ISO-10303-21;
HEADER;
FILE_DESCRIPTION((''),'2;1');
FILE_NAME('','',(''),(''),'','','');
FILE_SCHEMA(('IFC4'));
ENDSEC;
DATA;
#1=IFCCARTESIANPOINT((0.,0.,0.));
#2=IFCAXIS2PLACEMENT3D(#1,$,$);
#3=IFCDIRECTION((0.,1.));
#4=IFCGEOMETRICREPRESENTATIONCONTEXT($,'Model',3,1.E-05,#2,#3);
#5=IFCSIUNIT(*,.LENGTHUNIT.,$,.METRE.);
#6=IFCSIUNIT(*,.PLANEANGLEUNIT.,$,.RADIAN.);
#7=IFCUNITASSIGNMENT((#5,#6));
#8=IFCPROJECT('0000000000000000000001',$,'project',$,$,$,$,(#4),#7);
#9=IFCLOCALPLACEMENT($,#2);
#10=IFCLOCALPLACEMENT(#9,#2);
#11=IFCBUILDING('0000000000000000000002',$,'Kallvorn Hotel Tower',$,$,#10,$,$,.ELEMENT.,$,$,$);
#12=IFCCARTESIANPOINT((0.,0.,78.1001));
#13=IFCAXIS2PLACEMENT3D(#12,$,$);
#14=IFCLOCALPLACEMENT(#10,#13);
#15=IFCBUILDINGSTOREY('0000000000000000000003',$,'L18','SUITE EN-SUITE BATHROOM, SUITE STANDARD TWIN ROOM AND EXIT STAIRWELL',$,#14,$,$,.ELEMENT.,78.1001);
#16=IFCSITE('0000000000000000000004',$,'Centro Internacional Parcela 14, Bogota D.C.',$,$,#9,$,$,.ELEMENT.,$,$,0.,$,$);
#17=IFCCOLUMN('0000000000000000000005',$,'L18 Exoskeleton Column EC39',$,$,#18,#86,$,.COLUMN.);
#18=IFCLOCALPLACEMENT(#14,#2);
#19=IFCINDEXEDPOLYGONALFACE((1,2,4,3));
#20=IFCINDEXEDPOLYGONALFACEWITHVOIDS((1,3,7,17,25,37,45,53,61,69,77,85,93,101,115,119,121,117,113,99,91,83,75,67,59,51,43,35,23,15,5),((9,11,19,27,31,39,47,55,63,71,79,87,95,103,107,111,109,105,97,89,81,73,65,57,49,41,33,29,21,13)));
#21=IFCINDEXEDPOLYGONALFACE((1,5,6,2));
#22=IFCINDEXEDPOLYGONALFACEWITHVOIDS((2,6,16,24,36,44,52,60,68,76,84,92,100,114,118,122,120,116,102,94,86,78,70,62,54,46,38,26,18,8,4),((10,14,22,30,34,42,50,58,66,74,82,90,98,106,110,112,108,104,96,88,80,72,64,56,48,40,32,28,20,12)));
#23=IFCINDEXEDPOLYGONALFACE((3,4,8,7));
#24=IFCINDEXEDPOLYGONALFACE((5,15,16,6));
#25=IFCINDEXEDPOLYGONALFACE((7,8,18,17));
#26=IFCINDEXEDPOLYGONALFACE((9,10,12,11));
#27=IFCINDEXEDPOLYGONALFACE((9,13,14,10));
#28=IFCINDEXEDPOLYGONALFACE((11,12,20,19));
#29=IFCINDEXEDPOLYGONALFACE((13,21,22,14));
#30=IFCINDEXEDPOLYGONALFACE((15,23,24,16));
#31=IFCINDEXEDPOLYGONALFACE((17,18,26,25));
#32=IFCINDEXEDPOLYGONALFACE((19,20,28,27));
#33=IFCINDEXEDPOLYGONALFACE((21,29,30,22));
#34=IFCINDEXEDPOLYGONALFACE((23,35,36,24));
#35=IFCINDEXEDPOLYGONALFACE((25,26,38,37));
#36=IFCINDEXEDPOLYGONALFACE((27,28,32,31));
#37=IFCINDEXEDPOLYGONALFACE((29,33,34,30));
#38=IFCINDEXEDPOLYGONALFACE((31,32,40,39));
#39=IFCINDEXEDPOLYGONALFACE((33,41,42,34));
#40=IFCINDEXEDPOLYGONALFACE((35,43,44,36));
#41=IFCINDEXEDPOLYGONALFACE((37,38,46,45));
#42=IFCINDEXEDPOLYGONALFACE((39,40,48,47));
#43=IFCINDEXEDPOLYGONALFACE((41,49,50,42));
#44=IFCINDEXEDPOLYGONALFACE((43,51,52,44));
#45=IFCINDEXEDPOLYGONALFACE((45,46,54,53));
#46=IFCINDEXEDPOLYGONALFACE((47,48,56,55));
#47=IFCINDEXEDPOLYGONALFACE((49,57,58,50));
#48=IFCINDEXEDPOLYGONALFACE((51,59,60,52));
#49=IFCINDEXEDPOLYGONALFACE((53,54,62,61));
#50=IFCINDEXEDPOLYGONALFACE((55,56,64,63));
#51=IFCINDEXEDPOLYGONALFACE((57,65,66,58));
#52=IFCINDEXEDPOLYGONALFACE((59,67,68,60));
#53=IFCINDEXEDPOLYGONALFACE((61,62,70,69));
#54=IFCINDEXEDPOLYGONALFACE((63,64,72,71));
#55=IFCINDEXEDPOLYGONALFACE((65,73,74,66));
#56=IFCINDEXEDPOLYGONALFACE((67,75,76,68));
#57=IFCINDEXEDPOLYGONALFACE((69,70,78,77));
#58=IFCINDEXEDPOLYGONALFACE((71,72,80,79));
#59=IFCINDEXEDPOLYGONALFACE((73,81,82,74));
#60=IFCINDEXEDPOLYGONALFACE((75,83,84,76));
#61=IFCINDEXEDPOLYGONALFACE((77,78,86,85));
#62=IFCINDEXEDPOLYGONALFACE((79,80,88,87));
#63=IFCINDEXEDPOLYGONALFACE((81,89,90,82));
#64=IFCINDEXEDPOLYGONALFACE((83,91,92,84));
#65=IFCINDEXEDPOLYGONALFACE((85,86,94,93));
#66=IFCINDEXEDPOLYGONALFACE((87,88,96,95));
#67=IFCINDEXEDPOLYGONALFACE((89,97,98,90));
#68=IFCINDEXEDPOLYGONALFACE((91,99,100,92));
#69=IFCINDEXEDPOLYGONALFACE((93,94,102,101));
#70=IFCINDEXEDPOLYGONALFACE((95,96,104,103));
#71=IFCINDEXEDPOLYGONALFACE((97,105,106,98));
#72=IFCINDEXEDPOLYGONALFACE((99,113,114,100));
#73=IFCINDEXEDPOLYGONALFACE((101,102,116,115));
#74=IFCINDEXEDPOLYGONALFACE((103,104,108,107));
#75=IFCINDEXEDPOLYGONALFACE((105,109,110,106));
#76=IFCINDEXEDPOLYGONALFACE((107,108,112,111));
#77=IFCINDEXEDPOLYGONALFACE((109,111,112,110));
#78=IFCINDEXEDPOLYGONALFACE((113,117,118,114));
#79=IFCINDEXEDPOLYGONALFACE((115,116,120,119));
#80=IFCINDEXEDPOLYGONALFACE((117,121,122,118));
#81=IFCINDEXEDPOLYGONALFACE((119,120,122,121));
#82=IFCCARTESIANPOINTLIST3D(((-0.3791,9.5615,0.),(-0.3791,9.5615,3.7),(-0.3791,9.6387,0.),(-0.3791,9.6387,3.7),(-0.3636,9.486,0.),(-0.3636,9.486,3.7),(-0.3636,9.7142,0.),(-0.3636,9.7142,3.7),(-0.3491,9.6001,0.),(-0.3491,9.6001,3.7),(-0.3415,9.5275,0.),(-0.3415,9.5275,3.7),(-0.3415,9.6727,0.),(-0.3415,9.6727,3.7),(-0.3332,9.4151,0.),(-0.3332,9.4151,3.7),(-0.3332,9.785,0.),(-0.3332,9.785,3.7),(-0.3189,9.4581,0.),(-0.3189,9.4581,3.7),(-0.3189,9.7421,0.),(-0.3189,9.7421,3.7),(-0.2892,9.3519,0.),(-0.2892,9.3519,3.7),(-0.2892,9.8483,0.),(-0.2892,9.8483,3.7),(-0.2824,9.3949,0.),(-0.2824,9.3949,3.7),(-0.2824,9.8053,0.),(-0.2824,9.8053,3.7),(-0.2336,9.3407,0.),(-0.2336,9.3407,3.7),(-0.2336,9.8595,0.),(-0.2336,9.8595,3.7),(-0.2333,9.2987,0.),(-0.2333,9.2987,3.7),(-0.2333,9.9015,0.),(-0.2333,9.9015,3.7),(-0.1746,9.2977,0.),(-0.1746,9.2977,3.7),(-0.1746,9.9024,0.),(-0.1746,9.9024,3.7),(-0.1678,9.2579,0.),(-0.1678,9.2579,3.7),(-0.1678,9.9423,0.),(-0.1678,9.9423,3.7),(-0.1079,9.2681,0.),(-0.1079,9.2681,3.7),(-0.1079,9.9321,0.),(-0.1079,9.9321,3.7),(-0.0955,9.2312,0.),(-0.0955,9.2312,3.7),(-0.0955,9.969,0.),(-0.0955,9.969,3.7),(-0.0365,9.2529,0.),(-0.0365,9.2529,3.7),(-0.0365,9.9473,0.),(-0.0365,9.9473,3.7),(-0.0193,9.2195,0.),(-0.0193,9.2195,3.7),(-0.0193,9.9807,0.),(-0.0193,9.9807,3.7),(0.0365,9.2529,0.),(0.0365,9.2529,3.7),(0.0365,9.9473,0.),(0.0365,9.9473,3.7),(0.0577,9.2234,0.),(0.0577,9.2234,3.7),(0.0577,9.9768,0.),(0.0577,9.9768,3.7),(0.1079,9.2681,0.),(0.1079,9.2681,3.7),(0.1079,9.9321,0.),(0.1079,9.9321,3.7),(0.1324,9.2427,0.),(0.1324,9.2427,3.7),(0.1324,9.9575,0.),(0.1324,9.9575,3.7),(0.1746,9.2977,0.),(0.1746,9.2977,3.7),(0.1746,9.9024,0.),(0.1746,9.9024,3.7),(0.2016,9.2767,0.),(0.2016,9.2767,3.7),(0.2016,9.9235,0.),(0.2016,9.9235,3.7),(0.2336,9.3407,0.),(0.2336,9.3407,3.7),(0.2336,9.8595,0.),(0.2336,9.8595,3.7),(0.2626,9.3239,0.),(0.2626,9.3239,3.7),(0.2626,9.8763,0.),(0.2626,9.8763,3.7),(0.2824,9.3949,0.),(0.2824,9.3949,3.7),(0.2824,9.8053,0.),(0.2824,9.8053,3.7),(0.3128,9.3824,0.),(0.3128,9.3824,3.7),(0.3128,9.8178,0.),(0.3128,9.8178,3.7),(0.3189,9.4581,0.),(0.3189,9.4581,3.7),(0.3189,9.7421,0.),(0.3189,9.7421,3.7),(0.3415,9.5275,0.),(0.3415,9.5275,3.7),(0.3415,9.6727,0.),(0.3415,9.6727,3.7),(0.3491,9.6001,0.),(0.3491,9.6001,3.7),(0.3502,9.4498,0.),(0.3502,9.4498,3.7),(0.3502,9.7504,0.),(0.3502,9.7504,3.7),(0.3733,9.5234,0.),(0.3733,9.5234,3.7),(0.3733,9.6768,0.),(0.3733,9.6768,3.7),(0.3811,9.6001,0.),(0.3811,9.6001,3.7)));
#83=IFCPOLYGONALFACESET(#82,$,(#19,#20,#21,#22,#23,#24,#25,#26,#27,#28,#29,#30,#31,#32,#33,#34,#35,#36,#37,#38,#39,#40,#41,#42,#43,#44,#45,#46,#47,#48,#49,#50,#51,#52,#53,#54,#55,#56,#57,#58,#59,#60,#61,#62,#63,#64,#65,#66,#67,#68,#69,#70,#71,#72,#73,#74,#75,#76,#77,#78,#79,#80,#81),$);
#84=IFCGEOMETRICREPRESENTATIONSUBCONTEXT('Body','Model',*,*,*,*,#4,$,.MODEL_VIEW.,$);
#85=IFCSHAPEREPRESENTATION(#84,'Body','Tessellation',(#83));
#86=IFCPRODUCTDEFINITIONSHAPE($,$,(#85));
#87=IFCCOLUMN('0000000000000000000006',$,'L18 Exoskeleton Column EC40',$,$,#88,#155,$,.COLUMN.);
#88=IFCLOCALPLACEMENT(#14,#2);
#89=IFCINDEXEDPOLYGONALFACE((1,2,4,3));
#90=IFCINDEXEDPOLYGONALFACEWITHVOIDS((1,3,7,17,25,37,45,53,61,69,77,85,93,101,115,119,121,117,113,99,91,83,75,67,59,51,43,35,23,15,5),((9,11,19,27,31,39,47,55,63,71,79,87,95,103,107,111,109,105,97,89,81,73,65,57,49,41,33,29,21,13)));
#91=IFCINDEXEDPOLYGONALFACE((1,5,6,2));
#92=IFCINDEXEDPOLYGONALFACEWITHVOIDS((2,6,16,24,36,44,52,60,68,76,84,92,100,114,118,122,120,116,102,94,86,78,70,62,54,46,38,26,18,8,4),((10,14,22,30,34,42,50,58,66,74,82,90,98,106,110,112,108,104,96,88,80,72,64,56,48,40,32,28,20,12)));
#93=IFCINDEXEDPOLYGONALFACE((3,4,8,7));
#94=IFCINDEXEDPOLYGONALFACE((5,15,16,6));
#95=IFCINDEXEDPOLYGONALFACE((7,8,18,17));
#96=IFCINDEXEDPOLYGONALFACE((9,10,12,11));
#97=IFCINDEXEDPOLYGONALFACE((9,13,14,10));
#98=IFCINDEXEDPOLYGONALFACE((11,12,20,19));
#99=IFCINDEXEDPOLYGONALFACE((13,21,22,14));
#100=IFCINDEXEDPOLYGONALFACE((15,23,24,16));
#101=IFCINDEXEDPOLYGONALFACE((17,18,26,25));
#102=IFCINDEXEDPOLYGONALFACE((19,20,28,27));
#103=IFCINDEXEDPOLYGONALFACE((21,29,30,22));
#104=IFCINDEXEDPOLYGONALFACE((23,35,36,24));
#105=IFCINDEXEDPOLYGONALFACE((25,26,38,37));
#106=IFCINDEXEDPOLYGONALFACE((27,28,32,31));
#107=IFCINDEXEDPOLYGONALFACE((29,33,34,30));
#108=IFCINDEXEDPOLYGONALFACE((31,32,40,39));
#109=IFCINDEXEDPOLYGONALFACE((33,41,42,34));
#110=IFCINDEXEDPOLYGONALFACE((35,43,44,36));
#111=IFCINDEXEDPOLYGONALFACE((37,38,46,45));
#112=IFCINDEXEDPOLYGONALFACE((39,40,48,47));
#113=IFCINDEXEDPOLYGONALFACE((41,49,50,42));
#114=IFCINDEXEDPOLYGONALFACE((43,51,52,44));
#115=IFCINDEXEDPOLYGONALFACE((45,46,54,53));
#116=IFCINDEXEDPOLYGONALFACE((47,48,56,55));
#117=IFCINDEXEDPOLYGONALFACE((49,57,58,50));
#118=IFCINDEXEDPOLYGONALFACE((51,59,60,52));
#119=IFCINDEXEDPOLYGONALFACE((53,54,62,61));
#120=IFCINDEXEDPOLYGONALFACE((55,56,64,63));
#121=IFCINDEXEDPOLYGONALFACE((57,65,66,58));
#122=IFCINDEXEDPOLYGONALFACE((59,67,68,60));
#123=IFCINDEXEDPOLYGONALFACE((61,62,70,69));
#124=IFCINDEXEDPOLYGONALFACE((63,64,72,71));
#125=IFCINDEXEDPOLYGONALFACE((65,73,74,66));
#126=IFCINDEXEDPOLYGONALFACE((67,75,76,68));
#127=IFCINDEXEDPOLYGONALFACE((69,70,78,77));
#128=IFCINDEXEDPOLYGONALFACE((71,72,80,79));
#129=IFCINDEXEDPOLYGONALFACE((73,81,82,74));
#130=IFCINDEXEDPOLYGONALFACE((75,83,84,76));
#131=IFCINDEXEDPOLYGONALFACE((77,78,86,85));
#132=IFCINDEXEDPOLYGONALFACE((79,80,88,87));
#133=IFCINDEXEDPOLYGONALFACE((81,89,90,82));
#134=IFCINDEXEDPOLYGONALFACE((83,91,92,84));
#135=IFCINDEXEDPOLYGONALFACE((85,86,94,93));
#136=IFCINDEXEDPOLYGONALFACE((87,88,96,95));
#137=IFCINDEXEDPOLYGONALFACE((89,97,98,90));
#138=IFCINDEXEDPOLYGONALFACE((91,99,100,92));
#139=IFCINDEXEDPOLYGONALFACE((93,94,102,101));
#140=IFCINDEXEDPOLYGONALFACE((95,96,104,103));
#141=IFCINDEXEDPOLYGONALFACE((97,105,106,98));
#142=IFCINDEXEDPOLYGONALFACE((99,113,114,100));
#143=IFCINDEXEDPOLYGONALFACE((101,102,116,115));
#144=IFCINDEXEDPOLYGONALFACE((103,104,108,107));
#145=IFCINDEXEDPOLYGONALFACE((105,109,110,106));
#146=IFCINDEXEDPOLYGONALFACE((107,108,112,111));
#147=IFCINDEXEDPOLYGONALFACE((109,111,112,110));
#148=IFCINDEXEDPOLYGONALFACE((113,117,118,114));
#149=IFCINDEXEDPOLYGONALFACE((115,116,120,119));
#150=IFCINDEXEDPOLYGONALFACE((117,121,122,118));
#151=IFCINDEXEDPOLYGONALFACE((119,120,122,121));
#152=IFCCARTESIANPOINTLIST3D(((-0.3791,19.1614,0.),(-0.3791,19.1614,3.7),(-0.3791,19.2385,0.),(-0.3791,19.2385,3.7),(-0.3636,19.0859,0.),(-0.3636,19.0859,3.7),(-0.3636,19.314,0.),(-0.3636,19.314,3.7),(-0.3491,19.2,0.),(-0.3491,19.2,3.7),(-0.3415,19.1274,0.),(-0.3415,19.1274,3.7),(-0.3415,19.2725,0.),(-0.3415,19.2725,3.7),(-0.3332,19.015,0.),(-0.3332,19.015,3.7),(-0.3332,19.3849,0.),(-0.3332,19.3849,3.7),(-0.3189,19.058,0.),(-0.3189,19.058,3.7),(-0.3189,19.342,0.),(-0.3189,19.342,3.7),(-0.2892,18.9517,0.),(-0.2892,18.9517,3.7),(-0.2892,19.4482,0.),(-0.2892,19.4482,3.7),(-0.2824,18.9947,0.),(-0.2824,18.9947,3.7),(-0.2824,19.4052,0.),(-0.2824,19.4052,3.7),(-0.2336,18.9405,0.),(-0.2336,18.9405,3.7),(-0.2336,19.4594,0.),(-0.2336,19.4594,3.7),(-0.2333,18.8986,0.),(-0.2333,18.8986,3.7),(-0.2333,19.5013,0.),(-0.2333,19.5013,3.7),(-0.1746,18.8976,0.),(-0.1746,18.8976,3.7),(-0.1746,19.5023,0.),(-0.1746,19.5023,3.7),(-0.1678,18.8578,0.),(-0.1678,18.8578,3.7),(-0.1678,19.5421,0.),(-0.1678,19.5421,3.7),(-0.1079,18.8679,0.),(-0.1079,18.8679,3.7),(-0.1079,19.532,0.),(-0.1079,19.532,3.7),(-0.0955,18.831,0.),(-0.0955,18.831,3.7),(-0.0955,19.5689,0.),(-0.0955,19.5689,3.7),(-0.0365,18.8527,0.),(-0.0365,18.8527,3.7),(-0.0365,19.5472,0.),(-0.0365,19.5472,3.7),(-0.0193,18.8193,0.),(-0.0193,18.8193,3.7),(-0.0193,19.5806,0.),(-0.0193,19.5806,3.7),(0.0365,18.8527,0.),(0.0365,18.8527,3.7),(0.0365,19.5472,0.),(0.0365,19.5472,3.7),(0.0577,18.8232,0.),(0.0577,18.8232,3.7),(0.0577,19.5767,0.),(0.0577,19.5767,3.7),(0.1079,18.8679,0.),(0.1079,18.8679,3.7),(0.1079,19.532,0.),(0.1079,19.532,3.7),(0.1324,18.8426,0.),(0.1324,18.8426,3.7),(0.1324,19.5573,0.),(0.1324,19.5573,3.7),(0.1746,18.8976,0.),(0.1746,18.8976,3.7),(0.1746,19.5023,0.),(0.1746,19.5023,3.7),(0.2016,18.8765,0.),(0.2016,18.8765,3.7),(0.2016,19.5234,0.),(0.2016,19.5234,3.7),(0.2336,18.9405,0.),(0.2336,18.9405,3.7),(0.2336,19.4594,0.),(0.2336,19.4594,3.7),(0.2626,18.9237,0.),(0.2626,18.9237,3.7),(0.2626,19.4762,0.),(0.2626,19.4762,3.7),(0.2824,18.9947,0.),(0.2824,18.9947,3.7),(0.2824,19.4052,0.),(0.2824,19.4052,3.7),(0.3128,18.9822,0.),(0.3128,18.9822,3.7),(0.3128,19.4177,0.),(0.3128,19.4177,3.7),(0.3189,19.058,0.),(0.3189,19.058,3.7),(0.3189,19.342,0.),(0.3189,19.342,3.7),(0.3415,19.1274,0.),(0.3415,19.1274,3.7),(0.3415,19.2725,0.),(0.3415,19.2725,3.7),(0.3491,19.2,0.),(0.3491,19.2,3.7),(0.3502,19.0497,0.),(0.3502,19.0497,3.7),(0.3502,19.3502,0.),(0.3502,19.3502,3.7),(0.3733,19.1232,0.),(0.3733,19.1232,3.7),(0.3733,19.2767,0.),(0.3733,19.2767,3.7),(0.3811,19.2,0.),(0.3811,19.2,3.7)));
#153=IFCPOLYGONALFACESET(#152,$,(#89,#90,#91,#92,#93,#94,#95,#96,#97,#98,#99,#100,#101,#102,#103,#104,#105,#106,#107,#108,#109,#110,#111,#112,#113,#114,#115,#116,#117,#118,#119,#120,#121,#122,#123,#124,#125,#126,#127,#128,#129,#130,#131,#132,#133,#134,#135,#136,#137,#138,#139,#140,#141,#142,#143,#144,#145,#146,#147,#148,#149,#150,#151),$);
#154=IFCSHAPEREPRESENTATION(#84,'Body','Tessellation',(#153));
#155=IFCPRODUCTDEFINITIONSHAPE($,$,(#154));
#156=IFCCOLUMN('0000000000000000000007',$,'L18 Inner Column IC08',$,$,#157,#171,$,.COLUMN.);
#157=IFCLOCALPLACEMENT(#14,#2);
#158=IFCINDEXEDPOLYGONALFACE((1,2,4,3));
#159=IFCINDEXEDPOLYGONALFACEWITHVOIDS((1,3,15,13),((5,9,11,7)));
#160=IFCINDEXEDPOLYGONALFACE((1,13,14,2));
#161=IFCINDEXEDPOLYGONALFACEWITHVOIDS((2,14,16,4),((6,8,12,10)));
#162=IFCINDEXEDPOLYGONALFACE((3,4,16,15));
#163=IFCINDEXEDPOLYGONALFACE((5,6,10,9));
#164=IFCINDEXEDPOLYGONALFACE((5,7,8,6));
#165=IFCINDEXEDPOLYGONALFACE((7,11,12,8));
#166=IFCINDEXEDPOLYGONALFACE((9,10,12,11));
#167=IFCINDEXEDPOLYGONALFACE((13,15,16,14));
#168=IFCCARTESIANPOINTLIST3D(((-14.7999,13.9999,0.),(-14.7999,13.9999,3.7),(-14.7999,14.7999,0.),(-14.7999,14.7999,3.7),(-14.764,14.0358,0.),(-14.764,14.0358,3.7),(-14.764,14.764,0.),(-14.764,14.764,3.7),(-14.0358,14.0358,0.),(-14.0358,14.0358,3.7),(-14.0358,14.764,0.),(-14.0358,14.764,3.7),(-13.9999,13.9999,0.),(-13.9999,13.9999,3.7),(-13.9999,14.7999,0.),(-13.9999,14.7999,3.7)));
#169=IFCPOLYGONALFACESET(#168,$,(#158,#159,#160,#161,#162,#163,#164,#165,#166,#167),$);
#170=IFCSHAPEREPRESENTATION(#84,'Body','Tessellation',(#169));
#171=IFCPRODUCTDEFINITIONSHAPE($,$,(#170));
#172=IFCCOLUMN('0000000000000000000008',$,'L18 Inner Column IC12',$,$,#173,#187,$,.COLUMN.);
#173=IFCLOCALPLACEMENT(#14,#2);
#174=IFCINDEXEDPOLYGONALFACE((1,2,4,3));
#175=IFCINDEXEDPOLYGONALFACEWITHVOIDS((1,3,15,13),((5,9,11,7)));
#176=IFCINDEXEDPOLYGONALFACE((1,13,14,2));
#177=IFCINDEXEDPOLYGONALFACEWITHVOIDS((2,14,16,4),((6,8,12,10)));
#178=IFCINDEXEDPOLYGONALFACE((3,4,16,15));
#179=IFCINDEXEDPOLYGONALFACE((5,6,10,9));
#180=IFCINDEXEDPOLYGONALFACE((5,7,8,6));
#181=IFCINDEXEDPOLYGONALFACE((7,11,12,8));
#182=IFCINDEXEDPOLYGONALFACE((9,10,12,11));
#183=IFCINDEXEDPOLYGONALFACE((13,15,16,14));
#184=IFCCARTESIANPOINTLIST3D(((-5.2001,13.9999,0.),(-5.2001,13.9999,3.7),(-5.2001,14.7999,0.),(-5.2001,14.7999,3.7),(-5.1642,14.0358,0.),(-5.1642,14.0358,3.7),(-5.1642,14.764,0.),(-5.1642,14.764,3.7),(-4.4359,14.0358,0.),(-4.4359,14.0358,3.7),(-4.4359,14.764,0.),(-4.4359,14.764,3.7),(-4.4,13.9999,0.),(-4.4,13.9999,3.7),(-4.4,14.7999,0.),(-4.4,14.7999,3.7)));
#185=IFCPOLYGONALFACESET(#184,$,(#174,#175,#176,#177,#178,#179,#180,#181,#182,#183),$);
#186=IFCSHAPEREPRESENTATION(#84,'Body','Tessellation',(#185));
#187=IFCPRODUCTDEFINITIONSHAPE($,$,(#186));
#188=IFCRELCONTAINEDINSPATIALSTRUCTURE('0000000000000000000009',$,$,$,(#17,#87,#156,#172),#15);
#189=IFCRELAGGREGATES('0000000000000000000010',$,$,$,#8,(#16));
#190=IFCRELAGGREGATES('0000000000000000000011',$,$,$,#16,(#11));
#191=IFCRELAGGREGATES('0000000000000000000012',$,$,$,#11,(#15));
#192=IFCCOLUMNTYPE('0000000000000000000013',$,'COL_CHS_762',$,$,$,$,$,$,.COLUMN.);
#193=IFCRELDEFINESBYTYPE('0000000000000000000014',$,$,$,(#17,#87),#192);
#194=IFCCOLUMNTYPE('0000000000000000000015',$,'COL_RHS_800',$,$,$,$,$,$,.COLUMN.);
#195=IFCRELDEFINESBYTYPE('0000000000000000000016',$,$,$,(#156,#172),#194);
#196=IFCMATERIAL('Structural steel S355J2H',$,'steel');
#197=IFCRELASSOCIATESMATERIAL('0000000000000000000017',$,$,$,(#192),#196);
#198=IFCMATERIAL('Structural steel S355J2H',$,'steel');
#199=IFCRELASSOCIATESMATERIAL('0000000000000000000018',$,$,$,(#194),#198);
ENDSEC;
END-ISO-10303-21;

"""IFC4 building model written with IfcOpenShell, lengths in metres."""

from ifc_helpers import new_model, si_unit, direction, frame, origin, origin_2d, place, context, subcontext, project, spatial, hollow_rectangle, hollow_circle, extrude, material, material_profile, profile_set, type_object, element, save


model = new_model("IFC4")

# Units and contexts
model_context = context("Model", 3, precision=1e-05, world=origin(), true_north=direction((0.0, 1.0)))
body_context = subcontext(model_context, "Body", "Model", "MODEL_VIEW")
ifc_project = project(units=[si_unit("LENGTHUNIT", "METRE"), si_unit("PLANEANGLEUNIT", "RADIAN")], contexts=[model_context])

# Site, building, storey
site_placement = place(None, origin())
site = spatial("IfcSite", under=ifc_project, at=site_placement, Name="Centro Internacional Parcela 14, Bogota D.C.", CompositionType="ELEMENT", RefElevation=0.0)
building_placement = place(site_placement, origin())
building = spatial("IfcBuilding", under=site, at=building_placement, Name="Kallvorn Hotel Tower", CompositionType="ELEMENT")
storey_placement = place(building_placement, frame((0.0, 0.0, 78.1001)))
storey = spatial("IfcBuildingStorey", under=building, at=storey_placement, Name="L18", Description="SUITE EN-SUITE BATHROOM, SUITE STANDARD TWIN ROOM AND EXIT STAIRWELL", CompositionType="ELEMENT", Elevation=78.1001)

# Columns
ifc_material_1 = material(Name="Structural steel S355J2H", Category="steel")
ifc_material_profile_1 = material_profile(ifc_material_1, hollow_circle(Radius=0.3811, WallThickness=0.032, at=origin_2d()), Name="CHS 762x32")
ifc_profile_set_1 = profile_set([ifc_material_profile_1], Name="Structural steel S355J2H")
column_type_1 = type_object("IfcColumnType", Name="COL_CHS_762", PredefinedType="COLUMN", material=ifc_profile_set_1)
for number, where, z_axis, x_axis, name in (
    (1, (0.0, 9.6001, 0.0), (0.0, 0.0, 1.0), (1.0, 0.0, 0.0), "L18 Exoskeleton Column EC39"),
    (2, (0.0, 19.2, 0.0), (0.0, 0.0, 1.0), (1.0, 0.0, 0.0), "L18 Exoskeleton Column EC40"),
):
    element("IfcColumn", number, at=place(storey_placement, frame(where, z_axis=z_axis, x_axis=x_axis)), inside=storey, type_object=column_type_1, Name=name, PredefinedType="COLUMN", context=body_context, shape_type="SweptSolid", body=[
        extrude(hollow_circle(Radius=0.3811, WallThickness=0.032, at=origin_2d()), origin(), (0.0, 0.0, 1.0), 3.7),
    ])
ifc_material_2 = material(Name="Structural steel S355J2H", Category="steel")
ifc_material_profile_2 = material_profile(ifc_material_2, hollow_rectangle(XDim=0.8, YDim=0.8, WallThickness=0.0359, at=origin_2d()), Name="RHS 800x800x36")
ifc_profile_set_2 = profile_set([ifc_material_profile_2], Name="Structural steel S355J2H")
column_type_2 = type_object("IfcColumnType", Name="COL_RHS_800", PredefinedType="COLUMN", material=ifc_profile_set_2)
for number, where, z_axis, x_axis, name in (
    (3, (-14.3999, 14.3999, 0.0), (0.0, 0.0, 1.0), (1.0, 0.0, 0.0), "L18 Inner Column IC08"),
    (4, (-4.8, 14.3999, 0.0), (0.0, 0.0, 1.0), (1.0, 0.0, 0.0), "L18 Inner Column IC12"),
):
    element("IfcColumn", number, at=place(storey_placement, frame(where, z_axis=z_axis, x_axis=x_axis)), inside=storey, type_object=column_type_2, Name=name, PredefinedType="COLUMN", context=body_context, shape_type="SweptSolid", body=[
        extrude(hollow_rectangle(XDim=0.8, YDim=0.8, WallThickness=0.0359, at=origin_2d()), origin(), (0.0, 0.0, 1.0), 3.7),
    ])

save(model, "model.ifc")
